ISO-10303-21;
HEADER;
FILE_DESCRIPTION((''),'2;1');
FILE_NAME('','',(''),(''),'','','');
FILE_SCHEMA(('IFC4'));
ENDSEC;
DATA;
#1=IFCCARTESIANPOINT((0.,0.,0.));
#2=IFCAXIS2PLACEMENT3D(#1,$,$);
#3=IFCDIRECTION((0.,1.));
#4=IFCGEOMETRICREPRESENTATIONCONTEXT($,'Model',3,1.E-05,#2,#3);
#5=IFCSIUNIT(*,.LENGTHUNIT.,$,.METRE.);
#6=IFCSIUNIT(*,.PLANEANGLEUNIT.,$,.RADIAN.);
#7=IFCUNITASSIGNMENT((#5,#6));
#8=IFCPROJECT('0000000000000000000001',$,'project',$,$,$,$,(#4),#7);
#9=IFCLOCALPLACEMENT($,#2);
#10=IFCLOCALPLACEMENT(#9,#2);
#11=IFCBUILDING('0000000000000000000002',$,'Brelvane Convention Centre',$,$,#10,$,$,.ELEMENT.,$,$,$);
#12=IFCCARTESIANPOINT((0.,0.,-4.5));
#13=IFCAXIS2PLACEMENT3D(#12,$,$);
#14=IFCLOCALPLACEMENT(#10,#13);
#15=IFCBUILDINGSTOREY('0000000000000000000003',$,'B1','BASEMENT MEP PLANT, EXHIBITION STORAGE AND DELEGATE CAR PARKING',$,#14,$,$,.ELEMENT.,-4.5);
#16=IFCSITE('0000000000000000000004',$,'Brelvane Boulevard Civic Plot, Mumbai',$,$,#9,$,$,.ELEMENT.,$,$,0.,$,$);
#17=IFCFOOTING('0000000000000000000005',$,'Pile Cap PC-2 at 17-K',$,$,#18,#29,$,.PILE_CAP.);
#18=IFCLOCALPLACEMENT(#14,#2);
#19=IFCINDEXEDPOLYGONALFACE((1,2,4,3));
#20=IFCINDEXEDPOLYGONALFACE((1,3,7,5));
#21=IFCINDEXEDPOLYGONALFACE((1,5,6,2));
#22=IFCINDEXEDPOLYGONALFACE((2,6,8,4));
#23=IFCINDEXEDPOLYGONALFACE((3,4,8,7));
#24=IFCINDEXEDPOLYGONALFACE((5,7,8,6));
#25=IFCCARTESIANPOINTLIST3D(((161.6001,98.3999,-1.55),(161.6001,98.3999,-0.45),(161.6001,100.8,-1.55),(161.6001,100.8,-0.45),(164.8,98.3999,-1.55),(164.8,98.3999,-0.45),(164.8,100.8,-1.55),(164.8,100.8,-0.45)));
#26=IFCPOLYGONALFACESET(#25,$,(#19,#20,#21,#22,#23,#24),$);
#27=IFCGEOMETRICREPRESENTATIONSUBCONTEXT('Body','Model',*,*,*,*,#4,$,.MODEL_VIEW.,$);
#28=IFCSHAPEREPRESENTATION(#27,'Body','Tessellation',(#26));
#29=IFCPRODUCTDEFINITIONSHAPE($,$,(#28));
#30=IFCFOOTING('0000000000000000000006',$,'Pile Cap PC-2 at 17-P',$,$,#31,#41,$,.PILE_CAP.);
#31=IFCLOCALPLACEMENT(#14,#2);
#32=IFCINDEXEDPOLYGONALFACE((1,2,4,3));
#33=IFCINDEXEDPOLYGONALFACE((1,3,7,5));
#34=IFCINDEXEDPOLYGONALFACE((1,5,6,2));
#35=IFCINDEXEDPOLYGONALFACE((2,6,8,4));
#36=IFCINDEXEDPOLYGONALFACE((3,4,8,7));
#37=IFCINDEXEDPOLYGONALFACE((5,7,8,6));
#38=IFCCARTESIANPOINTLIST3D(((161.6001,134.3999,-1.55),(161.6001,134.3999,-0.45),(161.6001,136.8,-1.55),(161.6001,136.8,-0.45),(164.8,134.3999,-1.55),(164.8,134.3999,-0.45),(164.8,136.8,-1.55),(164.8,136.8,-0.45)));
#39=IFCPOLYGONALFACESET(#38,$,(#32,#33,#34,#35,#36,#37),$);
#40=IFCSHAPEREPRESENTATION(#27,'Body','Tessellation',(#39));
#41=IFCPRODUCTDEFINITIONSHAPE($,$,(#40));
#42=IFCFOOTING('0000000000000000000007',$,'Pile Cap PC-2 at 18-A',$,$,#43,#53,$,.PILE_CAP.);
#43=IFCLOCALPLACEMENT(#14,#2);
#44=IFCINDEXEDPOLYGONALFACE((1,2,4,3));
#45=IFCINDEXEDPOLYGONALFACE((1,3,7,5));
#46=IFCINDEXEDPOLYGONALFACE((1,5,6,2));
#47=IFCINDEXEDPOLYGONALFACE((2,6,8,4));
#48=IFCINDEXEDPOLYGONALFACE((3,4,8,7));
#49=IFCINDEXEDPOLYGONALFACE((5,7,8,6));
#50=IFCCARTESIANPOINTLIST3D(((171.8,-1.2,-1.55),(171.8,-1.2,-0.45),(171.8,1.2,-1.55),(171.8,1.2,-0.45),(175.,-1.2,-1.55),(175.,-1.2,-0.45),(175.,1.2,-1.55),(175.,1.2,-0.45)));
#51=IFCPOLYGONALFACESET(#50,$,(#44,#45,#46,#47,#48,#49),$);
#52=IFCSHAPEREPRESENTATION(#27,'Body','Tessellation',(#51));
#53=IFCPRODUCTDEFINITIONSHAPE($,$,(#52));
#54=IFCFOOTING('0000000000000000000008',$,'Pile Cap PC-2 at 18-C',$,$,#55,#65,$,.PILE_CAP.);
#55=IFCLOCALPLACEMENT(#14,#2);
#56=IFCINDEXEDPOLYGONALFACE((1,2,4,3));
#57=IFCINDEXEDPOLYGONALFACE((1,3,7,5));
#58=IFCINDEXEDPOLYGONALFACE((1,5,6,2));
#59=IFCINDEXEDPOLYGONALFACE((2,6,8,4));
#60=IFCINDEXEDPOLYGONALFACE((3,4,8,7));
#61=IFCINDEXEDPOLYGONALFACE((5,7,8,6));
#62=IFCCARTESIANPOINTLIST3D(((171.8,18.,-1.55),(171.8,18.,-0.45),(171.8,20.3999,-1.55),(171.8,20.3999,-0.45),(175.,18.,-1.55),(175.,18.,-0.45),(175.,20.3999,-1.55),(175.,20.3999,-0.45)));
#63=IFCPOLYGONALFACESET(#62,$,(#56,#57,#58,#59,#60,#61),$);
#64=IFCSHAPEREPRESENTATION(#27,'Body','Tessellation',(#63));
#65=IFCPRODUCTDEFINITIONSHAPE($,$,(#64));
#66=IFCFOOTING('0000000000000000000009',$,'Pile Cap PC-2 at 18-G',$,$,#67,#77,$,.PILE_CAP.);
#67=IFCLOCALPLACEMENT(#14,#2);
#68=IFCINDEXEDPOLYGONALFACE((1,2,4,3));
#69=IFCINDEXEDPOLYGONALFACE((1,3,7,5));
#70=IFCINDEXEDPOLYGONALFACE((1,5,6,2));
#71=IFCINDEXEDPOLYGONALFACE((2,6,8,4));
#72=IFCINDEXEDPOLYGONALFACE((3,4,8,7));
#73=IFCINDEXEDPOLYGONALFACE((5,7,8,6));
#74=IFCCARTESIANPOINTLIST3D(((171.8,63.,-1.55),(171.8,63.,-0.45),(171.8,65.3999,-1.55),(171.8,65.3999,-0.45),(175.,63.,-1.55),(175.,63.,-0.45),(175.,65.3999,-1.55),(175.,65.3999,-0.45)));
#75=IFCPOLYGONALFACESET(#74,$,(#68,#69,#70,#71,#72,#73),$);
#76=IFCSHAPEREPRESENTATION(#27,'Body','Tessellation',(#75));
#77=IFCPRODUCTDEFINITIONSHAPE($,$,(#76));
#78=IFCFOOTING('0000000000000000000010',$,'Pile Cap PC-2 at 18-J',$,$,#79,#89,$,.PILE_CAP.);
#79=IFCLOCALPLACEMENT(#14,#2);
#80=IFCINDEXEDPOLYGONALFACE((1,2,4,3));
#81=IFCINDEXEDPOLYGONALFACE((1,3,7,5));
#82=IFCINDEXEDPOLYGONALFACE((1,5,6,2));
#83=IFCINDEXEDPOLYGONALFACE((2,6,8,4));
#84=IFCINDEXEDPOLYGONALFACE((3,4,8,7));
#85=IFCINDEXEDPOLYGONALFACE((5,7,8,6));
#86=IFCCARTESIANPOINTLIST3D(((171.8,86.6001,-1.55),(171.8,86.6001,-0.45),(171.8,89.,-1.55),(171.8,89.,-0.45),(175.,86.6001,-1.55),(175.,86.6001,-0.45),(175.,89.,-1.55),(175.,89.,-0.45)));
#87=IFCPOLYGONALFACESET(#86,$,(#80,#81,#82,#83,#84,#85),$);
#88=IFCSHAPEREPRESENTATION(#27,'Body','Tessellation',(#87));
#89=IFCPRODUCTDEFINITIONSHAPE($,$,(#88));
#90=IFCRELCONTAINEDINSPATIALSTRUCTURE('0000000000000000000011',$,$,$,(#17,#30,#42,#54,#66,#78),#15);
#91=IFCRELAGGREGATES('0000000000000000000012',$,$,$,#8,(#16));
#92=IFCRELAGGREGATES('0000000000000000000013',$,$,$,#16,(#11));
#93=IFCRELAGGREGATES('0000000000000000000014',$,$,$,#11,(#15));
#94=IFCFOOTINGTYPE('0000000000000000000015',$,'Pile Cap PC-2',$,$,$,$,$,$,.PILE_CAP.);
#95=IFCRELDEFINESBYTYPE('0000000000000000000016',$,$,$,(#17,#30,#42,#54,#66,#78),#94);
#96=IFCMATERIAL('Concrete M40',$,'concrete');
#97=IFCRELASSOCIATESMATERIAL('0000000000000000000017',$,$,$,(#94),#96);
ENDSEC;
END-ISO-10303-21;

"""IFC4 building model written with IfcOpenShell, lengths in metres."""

from ifc_helpers import new_model, si_unit, direction, frame, origin, place, context, subcontext, project, spatial, polyline, outline, extrude, material, type_object, element, save


model = new_model("IFC4")

# Units and contexts
model_context = context("Model", 3, precision=1e-05, world=origin(), true_north=direction((0.0, 1.0)))
body_context = subcontext(model_context, "Body", "Model", "MODEL_VIEW")
ifc_project = project(units=[si_unit("LENGTHUNIT", "METRE"), si_unit("PLANEANGLEUNIT", "RADIAN")], contexts=[model_context])

# Site, building, storey
site_placement = place(None, origin())
site = spatial("IfcSite", under=ifc_project, at=site_placement, Name="Brelvane Boulevard Civic Plot, Mumbai", CompositionType="ELEMENT", RefElevation=0.0)
building_placement = place(site_placement, origin())
building = spatial("IfcBuilding", under=site, at=building_placement, Name="Brelvane Convention Centre", CompositionType="ELEMENT")
storey_placement = place(building_placement, frame((0.0, 0.0, -4.5)))
storey = spatial("IfcBuildingStorey", under=building, at=storey_placement, Name="B1", Description="BASEMENT MEP PLANT, EXHIBITION STORAGE AND DELEGATE CAR PARKING", CompositionType="ELEMENT", Elevation=-4.5)

# Footings
ifc_material = material(Name="Concrete M40", Category="concrete")
footing_type = type_object("IfcFootingType", Name="Pile Cap PC-2", PredefinedType="PILE_CAP", material=ifc_material)
footing_1_placement = place(storey_placement, frame((0.0, 0.0, -1.55)))
element("IfcFooting", 1, at=footing_1_placement, inside=storey, type_object=footing_type, Name="Pile Cap PC-2 at 17-K", PredefinedType="PILE_CAP", context=body_context, shape_type="SweptSolid", body=[
    extrude(outline(polyline([(161.6001, 98.3999), (164.8, 98.3999), (164.8, 100.8), (161.6001, 100.8), (161.6001, 98.3999)])), origin(), (0.0, 0.0, 1.0), 1.1001),
])
footing_2_placement = place(storey_placement, frame((0.0, 0.0, -1.55)))
element("IfcFooting", 2, at=footing_2_placement, inside=storey, type_object=footing_type, Name="Pile Cap PC-2 at 17-P", PredefinedType="PILE_CAP", context=body_context, shape_type="SweptSolid", body=[
    extrude(outline(polyline([(161.6001, 134.3999), (164.8, 134.3999), (164.8, 136.8), (161.6001, 136.8), (161.6001, 134.3999)])), origin(), (0.0, 0.0, 1.0), 1.1001),
])
footing_3_placement = place(storey_placement, frame((0.0, 0.0, -1.55)))
element("IfcFooting", 3, at=footing_3_placement, inside=storey, type_object=footing_type, Name="Pile Cap PC-2 at 18-A", PredefinedType="PILE_CAP", context=body_context, shape_type="SweptSolid", body=[
    extrude(outline(polyline([(171.8, -1.2), (175.0, -1.2), (175.0, 1.2), (171.8, 1.2), (171.8, -1.2)])), origin(), (0.0, 0.0, 1.0), 1.1001),
])
footing_4_placement = place(storey_placement, frame((0.0, 0.0, -1.55)))
element("IfcFooting", 4, at=footing_4_placement, inside=storey, type_object=footing_type, Name="Pile Cap PC-2 at 18-C", PredefinedType="PILE_CAP", context=body_context, shape_type="SweptSolid", body=[
    extrude(outline(polyline([(171.8, 18.0), (175.0, 18.0), (175.0, 20.3999), (171.8, 20.3999), (171.8, 18.0)])), origin(), (0.0, 0.0, 1.0), 1.1001),
])
footing_5_placement = place(storey_placement, frame((0.0, 0.0, -1.55)))
element("IfcFooting", 5, at=footing_5_placement, inside=storey, type_object=footing_type, Name="Pile Cap PC-2 at 18-G", PredefinedType="PILE_CAP", context=body_context, shape_type="SweptSolid", body=[
    extrude(outline(polyline([(171.8, 63.0), (175.0, 63.0), (175.0, 65.3999), (171.8, 65.3999), (171.8, 63.0)])), origin(), (0.0, 0.0, 1.0), 1.1001),
])
footing_6_placement = place(storey_placement, frame((0.0, 0.0, -1.55)))
element("IfcFooting", 6, at=footing_6_placement, inside=storey, type_object=footing_type, Name="Pile Cap PC-2 at 18-J", PredefinedType="PILE_CAP", context=body_context, shape_type="SweptSolid", body=[
    extrude(outline(polyline([(171.8, 86.6001), (175.0, 86.6001), (175.0, 89.0), (171.8, 89.0), (171.8, 86.6001)])), origin(), (0.0, 0.0, 1.0), 1.1001),
])

save(model, "model.ifc")
